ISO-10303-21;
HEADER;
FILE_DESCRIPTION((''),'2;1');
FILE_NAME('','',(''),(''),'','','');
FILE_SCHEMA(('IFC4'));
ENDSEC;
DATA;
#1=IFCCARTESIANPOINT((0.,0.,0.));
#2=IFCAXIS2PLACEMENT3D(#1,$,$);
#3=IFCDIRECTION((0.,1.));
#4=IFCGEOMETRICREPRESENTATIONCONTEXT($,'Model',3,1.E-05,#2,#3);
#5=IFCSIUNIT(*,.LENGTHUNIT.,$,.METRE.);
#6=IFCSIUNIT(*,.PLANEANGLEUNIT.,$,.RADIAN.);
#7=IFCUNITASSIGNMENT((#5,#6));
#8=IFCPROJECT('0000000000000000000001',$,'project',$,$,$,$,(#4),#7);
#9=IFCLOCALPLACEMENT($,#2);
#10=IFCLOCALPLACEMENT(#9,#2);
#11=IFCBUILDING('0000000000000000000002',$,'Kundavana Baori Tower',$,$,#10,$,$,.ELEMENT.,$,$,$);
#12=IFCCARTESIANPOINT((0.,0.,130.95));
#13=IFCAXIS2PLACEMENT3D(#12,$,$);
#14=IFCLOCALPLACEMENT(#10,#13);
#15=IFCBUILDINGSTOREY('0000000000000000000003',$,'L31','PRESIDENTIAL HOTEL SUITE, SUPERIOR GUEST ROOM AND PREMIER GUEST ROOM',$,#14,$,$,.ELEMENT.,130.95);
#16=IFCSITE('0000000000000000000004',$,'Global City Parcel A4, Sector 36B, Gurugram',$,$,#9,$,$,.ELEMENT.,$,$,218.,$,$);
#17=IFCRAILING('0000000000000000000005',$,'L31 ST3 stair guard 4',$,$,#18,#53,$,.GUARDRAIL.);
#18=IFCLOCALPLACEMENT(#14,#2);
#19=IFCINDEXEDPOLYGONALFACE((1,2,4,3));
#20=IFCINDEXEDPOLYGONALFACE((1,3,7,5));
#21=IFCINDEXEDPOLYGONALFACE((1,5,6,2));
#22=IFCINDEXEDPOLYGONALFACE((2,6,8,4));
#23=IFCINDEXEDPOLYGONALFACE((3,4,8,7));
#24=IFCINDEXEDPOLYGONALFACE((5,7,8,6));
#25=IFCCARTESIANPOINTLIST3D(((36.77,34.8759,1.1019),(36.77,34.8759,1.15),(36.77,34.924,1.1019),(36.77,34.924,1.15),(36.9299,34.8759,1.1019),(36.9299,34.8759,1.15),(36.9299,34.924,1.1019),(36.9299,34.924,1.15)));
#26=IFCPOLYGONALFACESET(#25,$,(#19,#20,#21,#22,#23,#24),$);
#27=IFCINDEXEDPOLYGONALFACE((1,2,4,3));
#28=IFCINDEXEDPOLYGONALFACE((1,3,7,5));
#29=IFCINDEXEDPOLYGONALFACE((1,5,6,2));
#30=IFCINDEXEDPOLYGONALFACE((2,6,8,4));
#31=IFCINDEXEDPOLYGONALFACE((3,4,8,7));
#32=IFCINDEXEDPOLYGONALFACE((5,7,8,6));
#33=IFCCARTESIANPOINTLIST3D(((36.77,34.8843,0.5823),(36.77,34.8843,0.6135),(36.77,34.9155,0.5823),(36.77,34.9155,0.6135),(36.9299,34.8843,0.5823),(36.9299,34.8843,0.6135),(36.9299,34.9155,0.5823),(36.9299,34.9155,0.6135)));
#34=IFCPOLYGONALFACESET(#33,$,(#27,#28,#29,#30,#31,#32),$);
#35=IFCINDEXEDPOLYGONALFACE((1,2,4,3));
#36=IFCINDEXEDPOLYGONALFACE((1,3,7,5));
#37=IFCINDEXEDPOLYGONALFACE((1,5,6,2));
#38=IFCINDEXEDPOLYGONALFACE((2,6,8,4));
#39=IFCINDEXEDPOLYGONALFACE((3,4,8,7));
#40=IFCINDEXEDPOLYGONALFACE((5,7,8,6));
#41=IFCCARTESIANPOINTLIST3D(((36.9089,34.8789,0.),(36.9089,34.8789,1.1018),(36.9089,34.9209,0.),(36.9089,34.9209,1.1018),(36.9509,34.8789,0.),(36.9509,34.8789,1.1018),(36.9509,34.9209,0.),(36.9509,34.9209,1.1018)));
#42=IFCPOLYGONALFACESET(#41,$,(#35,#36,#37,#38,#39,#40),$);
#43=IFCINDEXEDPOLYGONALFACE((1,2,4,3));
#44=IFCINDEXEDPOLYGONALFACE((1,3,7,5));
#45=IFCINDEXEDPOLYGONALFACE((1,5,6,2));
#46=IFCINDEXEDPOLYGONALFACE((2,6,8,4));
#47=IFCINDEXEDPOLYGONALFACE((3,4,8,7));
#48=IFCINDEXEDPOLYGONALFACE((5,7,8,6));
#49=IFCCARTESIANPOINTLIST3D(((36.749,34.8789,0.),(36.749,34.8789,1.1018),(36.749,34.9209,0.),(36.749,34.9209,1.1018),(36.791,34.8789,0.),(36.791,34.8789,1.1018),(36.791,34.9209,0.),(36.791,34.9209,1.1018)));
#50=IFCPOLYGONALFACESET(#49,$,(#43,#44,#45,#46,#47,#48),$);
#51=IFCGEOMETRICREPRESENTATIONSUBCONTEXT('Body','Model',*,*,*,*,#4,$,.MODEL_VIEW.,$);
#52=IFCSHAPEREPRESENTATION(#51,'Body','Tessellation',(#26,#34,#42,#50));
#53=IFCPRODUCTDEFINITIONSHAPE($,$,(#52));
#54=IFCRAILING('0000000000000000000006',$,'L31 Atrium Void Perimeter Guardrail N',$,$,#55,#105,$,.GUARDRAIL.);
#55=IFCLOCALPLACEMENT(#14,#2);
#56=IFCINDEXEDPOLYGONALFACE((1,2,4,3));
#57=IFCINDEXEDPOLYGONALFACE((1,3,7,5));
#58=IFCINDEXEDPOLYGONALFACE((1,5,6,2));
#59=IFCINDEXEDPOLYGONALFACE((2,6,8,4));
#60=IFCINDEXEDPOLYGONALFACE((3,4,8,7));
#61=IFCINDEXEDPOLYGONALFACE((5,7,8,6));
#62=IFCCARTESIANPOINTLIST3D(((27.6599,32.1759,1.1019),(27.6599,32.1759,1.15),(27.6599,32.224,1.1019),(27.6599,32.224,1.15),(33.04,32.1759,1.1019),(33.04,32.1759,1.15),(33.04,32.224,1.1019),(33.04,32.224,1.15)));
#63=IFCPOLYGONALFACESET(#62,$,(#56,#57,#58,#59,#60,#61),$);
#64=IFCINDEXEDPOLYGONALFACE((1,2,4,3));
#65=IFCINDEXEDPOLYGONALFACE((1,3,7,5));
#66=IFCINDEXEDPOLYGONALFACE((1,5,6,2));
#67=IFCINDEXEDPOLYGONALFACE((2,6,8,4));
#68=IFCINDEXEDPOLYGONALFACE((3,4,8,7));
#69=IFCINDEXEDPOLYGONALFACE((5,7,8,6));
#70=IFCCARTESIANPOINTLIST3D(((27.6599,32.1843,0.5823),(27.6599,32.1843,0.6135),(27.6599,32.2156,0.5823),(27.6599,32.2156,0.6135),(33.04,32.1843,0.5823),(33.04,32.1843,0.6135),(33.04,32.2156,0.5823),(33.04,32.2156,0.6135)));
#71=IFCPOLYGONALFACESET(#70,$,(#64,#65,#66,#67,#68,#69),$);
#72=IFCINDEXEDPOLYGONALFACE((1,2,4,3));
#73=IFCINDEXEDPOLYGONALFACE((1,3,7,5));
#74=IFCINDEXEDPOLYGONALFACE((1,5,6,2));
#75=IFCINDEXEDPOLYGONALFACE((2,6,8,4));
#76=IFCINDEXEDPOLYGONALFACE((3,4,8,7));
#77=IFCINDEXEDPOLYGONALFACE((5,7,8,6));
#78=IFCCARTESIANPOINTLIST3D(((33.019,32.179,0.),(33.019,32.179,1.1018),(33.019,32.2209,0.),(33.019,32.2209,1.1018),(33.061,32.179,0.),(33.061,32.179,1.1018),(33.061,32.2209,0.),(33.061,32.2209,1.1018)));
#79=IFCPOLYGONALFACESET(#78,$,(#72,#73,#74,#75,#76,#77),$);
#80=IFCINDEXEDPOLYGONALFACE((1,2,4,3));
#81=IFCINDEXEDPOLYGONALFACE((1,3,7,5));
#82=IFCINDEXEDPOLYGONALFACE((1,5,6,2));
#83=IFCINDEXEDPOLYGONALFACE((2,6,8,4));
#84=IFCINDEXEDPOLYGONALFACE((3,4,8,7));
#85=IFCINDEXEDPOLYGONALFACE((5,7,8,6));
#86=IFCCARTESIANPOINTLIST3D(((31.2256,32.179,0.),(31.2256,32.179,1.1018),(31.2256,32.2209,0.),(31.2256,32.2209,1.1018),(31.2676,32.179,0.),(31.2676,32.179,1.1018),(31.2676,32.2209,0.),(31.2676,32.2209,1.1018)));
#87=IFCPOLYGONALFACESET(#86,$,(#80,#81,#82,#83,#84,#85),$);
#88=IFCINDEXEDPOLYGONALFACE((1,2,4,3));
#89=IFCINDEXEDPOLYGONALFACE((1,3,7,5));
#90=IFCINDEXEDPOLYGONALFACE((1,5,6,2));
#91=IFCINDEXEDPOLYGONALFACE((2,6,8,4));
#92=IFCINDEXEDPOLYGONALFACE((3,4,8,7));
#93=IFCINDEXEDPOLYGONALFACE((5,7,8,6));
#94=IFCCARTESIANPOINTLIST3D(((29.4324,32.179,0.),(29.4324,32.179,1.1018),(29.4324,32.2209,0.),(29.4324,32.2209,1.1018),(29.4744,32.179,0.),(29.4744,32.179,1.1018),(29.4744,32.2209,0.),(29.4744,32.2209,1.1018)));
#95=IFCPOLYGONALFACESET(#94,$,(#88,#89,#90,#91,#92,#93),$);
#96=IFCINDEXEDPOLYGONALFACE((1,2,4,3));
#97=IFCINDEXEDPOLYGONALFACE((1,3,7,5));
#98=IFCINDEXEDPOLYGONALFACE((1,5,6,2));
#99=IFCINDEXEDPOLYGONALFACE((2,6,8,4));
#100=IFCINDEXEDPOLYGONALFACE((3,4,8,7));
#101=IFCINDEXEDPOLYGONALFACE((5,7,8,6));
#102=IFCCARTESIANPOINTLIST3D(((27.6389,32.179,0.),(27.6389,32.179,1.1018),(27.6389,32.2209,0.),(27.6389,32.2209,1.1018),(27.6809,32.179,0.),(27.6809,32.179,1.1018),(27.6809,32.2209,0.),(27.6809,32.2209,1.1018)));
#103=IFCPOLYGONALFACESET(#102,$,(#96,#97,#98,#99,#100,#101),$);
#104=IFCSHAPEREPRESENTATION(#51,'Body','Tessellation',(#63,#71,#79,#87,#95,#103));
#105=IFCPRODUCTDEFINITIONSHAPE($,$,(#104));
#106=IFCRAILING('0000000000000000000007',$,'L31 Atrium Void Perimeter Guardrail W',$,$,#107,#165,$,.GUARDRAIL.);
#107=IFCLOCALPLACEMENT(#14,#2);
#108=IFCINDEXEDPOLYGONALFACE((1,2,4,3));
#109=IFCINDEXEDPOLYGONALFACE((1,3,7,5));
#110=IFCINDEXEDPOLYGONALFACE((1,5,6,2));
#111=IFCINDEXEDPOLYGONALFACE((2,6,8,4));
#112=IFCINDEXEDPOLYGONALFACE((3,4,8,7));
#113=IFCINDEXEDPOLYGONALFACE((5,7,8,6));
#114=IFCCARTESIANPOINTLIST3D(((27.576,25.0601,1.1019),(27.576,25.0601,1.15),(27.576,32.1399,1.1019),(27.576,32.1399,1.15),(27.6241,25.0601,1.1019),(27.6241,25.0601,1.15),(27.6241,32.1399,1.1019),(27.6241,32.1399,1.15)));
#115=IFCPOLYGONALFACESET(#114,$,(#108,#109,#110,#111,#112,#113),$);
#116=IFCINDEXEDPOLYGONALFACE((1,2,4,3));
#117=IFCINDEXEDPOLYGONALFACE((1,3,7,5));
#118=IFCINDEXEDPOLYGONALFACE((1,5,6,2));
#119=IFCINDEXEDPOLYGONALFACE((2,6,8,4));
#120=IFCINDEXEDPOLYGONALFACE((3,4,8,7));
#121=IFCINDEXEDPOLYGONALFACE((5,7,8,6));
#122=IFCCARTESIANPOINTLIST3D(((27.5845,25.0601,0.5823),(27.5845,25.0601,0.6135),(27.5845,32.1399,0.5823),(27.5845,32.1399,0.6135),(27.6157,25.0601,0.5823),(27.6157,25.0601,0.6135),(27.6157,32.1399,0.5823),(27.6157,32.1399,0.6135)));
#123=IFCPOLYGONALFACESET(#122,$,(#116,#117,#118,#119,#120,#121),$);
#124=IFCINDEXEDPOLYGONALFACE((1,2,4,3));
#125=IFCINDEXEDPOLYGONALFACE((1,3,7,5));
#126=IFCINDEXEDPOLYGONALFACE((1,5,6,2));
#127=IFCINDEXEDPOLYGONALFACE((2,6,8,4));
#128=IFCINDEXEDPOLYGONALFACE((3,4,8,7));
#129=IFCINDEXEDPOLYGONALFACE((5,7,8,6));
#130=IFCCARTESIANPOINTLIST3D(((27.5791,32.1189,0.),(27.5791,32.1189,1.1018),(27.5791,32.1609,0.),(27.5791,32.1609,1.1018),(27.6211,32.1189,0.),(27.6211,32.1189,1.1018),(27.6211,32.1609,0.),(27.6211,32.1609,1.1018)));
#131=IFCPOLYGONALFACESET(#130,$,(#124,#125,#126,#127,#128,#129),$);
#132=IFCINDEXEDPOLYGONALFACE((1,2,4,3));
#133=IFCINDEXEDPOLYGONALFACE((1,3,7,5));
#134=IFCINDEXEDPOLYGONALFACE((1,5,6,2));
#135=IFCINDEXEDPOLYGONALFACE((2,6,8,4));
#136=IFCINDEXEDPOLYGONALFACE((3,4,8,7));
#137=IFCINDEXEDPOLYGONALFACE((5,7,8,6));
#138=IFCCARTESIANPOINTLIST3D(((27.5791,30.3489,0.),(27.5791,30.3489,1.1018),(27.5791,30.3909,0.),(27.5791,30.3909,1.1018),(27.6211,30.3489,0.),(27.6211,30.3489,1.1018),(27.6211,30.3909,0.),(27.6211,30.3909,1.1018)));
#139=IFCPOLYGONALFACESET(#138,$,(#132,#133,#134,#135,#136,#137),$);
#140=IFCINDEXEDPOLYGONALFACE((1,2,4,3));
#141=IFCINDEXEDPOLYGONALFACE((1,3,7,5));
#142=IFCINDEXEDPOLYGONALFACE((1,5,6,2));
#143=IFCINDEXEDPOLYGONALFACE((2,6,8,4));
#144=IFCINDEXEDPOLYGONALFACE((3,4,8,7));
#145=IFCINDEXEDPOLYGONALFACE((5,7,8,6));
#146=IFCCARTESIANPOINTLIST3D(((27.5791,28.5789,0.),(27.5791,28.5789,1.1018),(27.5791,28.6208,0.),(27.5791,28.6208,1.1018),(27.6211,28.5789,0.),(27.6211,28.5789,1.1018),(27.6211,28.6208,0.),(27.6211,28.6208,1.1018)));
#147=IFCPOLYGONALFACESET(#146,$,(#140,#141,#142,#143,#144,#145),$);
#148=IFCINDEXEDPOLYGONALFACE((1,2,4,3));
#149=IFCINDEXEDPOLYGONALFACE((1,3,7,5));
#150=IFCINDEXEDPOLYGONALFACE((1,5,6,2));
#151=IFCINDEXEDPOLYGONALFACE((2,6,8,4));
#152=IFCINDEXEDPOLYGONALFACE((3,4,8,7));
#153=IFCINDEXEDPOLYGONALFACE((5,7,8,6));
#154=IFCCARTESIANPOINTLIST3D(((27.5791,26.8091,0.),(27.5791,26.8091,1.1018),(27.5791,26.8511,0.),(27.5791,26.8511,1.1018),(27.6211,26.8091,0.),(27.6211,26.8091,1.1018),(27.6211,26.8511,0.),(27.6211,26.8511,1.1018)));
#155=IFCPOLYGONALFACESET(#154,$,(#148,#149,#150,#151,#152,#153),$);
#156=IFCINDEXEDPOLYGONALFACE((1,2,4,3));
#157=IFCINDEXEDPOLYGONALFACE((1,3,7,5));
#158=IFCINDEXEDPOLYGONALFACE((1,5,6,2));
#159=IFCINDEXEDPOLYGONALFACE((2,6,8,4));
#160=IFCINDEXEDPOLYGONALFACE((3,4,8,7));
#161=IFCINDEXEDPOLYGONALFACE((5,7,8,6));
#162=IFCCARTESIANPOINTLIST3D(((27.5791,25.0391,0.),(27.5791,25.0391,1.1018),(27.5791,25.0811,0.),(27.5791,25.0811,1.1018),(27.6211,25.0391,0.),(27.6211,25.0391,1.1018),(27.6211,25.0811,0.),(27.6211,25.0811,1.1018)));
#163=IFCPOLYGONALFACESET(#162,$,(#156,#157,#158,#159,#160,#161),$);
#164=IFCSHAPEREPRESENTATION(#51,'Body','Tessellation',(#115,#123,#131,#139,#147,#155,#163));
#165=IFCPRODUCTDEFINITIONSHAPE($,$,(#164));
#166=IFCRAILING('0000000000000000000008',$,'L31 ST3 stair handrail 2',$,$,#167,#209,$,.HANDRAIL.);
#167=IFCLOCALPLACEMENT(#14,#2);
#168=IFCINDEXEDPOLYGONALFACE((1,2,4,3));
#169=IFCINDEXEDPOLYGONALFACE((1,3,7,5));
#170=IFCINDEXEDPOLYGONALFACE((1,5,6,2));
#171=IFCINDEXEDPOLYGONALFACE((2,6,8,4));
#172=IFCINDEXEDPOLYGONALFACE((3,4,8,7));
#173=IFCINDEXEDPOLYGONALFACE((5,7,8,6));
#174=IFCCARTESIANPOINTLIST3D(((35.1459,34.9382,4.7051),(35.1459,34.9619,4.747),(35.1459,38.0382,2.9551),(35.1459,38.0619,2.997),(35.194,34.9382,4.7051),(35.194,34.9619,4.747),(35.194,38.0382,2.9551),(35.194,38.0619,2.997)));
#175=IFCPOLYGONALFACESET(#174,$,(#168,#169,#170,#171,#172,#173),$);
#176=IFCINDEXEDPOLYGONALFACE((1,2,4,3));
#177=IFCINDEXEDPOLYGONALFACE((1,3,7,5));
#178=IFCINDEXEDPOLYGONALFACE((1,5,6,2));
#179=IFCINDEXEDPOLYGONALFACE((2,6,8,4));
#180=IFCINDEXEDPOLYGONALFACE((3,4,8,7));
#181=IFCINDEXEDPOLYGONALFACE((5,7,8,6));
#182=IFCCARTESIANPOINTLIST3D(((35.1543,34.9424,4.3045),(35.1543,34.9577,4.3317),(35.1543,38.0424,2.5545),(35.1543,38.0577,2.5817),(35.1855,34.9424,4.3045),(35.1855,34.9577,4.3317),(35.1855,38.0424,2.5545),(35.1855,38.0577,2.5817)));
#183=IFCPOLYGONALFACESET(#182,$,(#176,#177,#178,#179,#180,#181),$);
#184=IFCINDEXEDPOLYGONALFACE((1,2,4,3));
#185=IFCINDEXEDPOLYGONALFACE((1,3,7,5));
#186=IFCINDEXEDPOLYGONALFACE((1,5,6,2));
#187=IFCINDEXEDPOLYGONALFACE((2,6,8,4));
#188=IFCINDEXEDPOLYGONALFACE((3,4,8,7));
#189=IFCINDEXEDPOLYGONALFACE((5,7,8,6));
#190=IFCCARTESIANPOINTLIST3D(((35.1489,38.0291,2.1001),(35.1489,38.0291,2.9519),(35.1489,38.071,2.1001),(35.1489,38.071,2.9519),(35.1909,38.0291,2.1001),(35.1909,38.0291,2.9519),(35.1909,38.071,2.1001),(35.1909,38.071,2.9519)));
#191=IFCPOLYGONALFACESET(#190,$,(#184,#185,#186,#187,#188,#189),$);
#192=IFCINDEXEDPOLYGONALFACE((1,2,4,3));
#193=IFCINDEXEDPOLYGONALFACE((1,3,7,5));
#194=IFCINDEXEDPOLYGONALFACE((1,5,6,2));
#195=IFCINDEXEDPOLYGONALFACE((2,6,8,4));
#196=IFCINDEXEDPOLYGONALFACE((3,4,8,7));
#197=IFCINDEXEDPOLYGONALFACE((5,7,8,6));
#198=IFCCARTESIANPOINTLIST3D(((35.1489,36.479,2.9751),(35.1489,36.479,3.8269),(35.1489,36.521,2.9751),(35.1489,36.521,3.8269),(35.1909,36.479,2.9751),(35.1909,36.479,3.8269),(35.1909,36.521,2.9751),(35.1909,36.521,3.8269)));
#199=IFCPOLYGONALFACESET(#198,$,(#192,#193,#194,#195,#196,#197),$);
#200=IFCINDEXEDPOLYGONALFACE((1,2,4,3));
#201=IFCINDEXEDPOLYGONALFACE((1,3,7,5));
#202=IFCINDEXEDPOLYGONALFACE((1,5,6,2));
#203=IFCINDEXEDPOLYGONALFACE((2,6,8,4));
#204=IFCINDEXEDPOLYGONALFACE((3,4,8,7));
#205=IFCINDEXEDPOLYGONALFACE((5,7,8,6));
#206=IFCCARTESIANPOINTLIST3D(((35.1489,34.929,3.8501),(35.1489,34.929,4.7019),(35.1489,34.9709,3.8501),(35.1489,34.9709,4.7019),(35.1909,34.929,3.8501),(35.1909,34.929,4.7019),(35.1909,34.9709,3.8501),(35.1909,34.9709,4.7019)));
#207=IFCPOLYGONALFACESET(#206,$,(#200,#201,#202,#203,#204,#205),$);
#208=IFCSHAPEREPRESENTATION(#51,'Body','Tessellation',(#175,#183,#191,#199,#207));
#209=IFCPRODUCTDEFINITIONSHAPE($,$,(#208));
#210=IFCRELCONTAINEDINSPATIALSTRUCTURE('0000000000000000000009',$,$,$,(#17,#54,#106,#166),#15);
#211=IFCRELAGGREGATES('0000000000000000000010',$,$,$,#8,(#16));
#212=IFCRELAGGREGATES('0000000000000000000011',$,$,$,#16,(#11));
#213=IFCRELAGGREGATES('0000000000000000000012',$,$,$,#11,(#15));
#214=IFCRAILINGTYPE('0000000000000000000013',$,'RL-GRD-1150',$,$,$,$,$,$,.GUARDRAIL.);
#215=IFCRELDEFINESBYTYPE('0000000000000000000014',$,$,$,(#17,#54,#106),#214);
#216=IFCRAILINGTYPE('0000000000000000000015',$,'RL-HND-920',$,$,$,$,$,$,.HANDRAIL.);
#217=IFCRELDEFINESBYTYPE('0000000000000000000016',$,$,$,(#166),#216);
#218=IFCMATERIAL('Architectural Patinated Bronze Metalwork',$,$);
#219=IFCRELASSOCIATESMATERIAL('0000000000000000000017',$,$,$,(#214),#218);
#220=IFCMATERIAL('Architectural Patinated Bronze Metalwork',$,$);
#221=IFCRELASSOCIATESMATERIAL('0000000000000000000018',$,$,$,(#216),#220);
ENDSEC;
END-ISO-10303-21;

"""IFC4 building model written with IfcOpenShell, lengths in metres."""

from ifc_helpers import new_model, si_unit, direction, frame, origin, origin_2d, place, context, subcontext, project, spatial, rectangle, extrude, material, type_object, element, save


model = new_model("IFC4")

# Units and contexts
model_context = context("Model", 3, precision=1e-05, world=origin(), true_north=direction((0.0, 1.0)))
body_context = subcontext(model_context, "Body", "Model", "MODEL_VIEW")
ifc_project = project(units=[si_unit("LENGTHUNIT", "METRE"), si_unit("PLANEANGLEUNIT", "RADIAN")], contexts=[model_context])

# Site, building, storey
site_placement = place(None, origin())
site = spatial("IfcSite", under=ifc_project, at=site_placement, Name="Global City Parcel A4, Sector 36B, Gurugram", CompositionType="ELEMENT", RefElevation=218.0)
building_placement = place(site_placement, origin())
building = spatial("IfcBuilding", under=site, at=building_placement, Name="Kundavana Baori Tower", CompositionType="ELEMENT")
storey_placement = place(building_placement, frame((0.0, 0.0, 130.95)))
storey = spatial("IfcBuildingStorey", under=building, at=storey_placement, Name="L31", Description="PRESIDENTIAL HOTEL SUITE, SUPERIOR GUEST ROOM AND PREMIER GUEST ROOM", CompositionType="ELEMENT", Elevation=130.95)

# Railings
ifc_material_1 = material(Name="Architectural Patinated Bronze Metalwork")
railing_type_1 = type_object("IfcRailingType", Name="RL-GRD-1150", PredefinedType="GUARDRAIL", material=ifc_material_1)
railing_1_placement = place(storey_placement, frame((36.9299, 34.8999, 0.0)))
element("IfcRailing", 1, at=railing_1_placement, inside=storey, type_object=railing_type_1, Name="L31 ST3 stair guard 4", PredefinedType="GUARDRAIL", context=body_context, shape_type="SweptSolid", body=[
    extrude(rectangle(XDim=0.0481, YDim=0.0481, at=origin_2d()), frame((0.0, 0.0, 1.126), z_axis=(-1.0, 0.0, 0.0), x_axis=(0.0, -1.0, 0.0)), (0.0, 0.0, 1.0), 0.1599),
    extrude(rectangle(XDim=0.0312, YDim=0.0312, at=origin_2d()), frame((0.0, 0.0, 0.5979), z_axis=(-1.0, 0.0, 0.0), x_axis=(0.0, -1.0, 0.0)), (0.0, 0.0, 1.0), 0.1599),
    extrude(rectangle(XDim=0.042, YDim=0.042, at=origin_2d()), origin(), (0.0, 0.0, 1.0), 1.1018),
    extrude(rectangle(XDim=0.042, YDim=0.042, at=origin_2d()), frame((-0.1599, 0.0, 0.0)), (0.0, 0.0, 1.0), 1.1018),
])
railing_2_placement = place(storey_placement, frame((33.04, 32.2, 0.0)))
element("IfcRailing", 2, at=railing_2_placement, inside=storey, type_object=railing_type_1, Name="L31 Atrium Void Perimeter Guardrail N", PredefinedType="GUARDRAIL", context=body_context, shape_type="SweptSolid", body=[
    extrude(rectangle(XDim=0.0481, YDim=0.0481, at=origin_2d()), frame((0.0, 0.0, 1.126), z_axis=(-1.0, 0.0, 0.0), x_axis=(0.0, -1.0, 0.0)), (0.0, 0.0, 1.0), 5.3801),
    extrude(rectangle(XDim=0.0312, YDim=0.0312, at=origin_2d()), frame((0.0, 0.0, 0.5979), z_axis=(-1.0, 0.0, 0.0), x_axis=(0.0, -1.0, 0.0)), (0.0, 0.0, 1.0), 5.3801),
    extrude(rectangle(XDim=0.042, YDim=0.042, at=origin_2d()), origin(), (0.0, 0.0, 1.0), 1.1018),
    extrude(rectangle(XDim=0.042, YDim=0.042, at=origin_2d()), frame((-1.7935, 0.0, 0.0)), (0.0, 0.0, 1.0), 1.1018),
    extrude(rectangle(XDim=0.042, YDim=0.042, at=origin_2d()), frame((-3.5867, 0.0, 0.0)), (0.0, 0.0, 1.0), 1.1018),
    extrude(rectangle(XDim=0.042, YDim=0.042, at=origin_2d()), frame((-5.3801, 0.0, 0.0)), (0.0, 0.0, 1.0), 1.1018),
])
railing_3_placement = place(storey_placement, frame((27.6001, 32.1399, 0.0)))
element("IfcRailing", 3, at=railing_3_placement, inside=storey, type_object=railing_type_1, Name="L31 Atrium Void Perimeter Guardrail W", PredefinedType="GUARDRAIL", context=body_context, shape_type="SweptSolid", body=[
    extrude(rectangle(XDim=0.0481, YDim=0.0481, at=origin_2d()), frame((0.0, 0.0, 1.126), z_axis=(0.0, -1.0, 0.0), x_axis=(1.0, 0.0, 0.0)), (0.0, 0.0, 1.0), 7.0798),
    extrude(rectangle(XDim=0.0312, YDim=0.0312, at=origin_2d()), frame((0.0, 0.0, 0.5979), z_axis=(0.0, -1.0, 0.0), x_axis=(1.0, 0.0, 0.0)), (0.0, 0.0, 1.0), 7.0798),
    extrude(rectangle(XDim=0.042, YDim=0.042, at=origin_2d()), origin(), (0.0, 0.0, 1.0), 1.1018),
    extrude(rectangle(XDim=0.042, YDim=0.042, at=origin_2d()), frame((0.0, -1.77, 0.0)), (0.0, 0.0, 1.0), 1.1018),
    extrude(rectangle(XDim=0.042, YDim=0.042, at=origin_2d()), frame((0.0, -3.54, 0.0)), (0.0, 0.0, 1.0), 1.1018),
    extrude(rectangle(XDim=0.042, YDim=0.042, at=origin_2d()), frame((0.0, -5.3098, 0.0)), (0.0, 0.0, 1.0), 1.1018),
    extrude(rectangle(XDim=0.042, YDim=0.042, at=origin_2d()), frame((0.0, -7.0798, 0.0)), (0.0, 0.0, 1.0), 1.1018),
])
ifc_material_2 = material(Name="Architectural Patinated Bronze Metalwork")
railing_type_2 = type_object("IfcRailingType", Name="RL-HND-920", PredefinedType="HANDRAIL", material=ifc_material_2)
railing_4_placement = place(storey_placement, frame((35.1699, 38.05, 2.1001)))
element("IfcRailing", 4, at=railing_4_placement, inside=storey, type_object=railing_type_2, Name="L31 ST3 stair handrail 2", PredefinedType="HANDRAIL", context=body_context, shape_type="SweptSolid", body=[
    extrude(rectangle(XDim=0.0481, YDim=0.0481, at=origin_2d()), frame((0.0, 0.0, 0.876), z_axis=(0.0, -0.870831, 0.491583), x_axis=(1.0, 0.0, 0.0)), (0.0, 0.0, 1.0), 3.5598),
    extrude(rectangle(XDim=0.0312, YDim=0.0312, at=origin_2d()), frame((0.0, 0.0, 0.468), z_axis=(0.0, -0.870831, 0.491583), x_axis=(1.0, 0.0, 0.0)), (0.0, 0.0, 1.0), 3.5598),
    extrude(rectangle(XDim=0.042, YDim=0.042, at=origin_2d()), origin(), (0.0, 0.0, 1.0), 0.8518),
    extrude(rectangle(XDim=0.042, YDim=0.042, at=origin_2d()), frame((0.0, -1.55, 0.875)), (0.0, 0.0, 1.0), 0.8518),
    extrude(rectangle(XDim=0.042, YDim=0.042, at=origin_2d()), frame((0.0, -3.1001, 1.75)), (0.0, 0.0, 1.0), 0.8518),
])

save(model, "model.ifc")
